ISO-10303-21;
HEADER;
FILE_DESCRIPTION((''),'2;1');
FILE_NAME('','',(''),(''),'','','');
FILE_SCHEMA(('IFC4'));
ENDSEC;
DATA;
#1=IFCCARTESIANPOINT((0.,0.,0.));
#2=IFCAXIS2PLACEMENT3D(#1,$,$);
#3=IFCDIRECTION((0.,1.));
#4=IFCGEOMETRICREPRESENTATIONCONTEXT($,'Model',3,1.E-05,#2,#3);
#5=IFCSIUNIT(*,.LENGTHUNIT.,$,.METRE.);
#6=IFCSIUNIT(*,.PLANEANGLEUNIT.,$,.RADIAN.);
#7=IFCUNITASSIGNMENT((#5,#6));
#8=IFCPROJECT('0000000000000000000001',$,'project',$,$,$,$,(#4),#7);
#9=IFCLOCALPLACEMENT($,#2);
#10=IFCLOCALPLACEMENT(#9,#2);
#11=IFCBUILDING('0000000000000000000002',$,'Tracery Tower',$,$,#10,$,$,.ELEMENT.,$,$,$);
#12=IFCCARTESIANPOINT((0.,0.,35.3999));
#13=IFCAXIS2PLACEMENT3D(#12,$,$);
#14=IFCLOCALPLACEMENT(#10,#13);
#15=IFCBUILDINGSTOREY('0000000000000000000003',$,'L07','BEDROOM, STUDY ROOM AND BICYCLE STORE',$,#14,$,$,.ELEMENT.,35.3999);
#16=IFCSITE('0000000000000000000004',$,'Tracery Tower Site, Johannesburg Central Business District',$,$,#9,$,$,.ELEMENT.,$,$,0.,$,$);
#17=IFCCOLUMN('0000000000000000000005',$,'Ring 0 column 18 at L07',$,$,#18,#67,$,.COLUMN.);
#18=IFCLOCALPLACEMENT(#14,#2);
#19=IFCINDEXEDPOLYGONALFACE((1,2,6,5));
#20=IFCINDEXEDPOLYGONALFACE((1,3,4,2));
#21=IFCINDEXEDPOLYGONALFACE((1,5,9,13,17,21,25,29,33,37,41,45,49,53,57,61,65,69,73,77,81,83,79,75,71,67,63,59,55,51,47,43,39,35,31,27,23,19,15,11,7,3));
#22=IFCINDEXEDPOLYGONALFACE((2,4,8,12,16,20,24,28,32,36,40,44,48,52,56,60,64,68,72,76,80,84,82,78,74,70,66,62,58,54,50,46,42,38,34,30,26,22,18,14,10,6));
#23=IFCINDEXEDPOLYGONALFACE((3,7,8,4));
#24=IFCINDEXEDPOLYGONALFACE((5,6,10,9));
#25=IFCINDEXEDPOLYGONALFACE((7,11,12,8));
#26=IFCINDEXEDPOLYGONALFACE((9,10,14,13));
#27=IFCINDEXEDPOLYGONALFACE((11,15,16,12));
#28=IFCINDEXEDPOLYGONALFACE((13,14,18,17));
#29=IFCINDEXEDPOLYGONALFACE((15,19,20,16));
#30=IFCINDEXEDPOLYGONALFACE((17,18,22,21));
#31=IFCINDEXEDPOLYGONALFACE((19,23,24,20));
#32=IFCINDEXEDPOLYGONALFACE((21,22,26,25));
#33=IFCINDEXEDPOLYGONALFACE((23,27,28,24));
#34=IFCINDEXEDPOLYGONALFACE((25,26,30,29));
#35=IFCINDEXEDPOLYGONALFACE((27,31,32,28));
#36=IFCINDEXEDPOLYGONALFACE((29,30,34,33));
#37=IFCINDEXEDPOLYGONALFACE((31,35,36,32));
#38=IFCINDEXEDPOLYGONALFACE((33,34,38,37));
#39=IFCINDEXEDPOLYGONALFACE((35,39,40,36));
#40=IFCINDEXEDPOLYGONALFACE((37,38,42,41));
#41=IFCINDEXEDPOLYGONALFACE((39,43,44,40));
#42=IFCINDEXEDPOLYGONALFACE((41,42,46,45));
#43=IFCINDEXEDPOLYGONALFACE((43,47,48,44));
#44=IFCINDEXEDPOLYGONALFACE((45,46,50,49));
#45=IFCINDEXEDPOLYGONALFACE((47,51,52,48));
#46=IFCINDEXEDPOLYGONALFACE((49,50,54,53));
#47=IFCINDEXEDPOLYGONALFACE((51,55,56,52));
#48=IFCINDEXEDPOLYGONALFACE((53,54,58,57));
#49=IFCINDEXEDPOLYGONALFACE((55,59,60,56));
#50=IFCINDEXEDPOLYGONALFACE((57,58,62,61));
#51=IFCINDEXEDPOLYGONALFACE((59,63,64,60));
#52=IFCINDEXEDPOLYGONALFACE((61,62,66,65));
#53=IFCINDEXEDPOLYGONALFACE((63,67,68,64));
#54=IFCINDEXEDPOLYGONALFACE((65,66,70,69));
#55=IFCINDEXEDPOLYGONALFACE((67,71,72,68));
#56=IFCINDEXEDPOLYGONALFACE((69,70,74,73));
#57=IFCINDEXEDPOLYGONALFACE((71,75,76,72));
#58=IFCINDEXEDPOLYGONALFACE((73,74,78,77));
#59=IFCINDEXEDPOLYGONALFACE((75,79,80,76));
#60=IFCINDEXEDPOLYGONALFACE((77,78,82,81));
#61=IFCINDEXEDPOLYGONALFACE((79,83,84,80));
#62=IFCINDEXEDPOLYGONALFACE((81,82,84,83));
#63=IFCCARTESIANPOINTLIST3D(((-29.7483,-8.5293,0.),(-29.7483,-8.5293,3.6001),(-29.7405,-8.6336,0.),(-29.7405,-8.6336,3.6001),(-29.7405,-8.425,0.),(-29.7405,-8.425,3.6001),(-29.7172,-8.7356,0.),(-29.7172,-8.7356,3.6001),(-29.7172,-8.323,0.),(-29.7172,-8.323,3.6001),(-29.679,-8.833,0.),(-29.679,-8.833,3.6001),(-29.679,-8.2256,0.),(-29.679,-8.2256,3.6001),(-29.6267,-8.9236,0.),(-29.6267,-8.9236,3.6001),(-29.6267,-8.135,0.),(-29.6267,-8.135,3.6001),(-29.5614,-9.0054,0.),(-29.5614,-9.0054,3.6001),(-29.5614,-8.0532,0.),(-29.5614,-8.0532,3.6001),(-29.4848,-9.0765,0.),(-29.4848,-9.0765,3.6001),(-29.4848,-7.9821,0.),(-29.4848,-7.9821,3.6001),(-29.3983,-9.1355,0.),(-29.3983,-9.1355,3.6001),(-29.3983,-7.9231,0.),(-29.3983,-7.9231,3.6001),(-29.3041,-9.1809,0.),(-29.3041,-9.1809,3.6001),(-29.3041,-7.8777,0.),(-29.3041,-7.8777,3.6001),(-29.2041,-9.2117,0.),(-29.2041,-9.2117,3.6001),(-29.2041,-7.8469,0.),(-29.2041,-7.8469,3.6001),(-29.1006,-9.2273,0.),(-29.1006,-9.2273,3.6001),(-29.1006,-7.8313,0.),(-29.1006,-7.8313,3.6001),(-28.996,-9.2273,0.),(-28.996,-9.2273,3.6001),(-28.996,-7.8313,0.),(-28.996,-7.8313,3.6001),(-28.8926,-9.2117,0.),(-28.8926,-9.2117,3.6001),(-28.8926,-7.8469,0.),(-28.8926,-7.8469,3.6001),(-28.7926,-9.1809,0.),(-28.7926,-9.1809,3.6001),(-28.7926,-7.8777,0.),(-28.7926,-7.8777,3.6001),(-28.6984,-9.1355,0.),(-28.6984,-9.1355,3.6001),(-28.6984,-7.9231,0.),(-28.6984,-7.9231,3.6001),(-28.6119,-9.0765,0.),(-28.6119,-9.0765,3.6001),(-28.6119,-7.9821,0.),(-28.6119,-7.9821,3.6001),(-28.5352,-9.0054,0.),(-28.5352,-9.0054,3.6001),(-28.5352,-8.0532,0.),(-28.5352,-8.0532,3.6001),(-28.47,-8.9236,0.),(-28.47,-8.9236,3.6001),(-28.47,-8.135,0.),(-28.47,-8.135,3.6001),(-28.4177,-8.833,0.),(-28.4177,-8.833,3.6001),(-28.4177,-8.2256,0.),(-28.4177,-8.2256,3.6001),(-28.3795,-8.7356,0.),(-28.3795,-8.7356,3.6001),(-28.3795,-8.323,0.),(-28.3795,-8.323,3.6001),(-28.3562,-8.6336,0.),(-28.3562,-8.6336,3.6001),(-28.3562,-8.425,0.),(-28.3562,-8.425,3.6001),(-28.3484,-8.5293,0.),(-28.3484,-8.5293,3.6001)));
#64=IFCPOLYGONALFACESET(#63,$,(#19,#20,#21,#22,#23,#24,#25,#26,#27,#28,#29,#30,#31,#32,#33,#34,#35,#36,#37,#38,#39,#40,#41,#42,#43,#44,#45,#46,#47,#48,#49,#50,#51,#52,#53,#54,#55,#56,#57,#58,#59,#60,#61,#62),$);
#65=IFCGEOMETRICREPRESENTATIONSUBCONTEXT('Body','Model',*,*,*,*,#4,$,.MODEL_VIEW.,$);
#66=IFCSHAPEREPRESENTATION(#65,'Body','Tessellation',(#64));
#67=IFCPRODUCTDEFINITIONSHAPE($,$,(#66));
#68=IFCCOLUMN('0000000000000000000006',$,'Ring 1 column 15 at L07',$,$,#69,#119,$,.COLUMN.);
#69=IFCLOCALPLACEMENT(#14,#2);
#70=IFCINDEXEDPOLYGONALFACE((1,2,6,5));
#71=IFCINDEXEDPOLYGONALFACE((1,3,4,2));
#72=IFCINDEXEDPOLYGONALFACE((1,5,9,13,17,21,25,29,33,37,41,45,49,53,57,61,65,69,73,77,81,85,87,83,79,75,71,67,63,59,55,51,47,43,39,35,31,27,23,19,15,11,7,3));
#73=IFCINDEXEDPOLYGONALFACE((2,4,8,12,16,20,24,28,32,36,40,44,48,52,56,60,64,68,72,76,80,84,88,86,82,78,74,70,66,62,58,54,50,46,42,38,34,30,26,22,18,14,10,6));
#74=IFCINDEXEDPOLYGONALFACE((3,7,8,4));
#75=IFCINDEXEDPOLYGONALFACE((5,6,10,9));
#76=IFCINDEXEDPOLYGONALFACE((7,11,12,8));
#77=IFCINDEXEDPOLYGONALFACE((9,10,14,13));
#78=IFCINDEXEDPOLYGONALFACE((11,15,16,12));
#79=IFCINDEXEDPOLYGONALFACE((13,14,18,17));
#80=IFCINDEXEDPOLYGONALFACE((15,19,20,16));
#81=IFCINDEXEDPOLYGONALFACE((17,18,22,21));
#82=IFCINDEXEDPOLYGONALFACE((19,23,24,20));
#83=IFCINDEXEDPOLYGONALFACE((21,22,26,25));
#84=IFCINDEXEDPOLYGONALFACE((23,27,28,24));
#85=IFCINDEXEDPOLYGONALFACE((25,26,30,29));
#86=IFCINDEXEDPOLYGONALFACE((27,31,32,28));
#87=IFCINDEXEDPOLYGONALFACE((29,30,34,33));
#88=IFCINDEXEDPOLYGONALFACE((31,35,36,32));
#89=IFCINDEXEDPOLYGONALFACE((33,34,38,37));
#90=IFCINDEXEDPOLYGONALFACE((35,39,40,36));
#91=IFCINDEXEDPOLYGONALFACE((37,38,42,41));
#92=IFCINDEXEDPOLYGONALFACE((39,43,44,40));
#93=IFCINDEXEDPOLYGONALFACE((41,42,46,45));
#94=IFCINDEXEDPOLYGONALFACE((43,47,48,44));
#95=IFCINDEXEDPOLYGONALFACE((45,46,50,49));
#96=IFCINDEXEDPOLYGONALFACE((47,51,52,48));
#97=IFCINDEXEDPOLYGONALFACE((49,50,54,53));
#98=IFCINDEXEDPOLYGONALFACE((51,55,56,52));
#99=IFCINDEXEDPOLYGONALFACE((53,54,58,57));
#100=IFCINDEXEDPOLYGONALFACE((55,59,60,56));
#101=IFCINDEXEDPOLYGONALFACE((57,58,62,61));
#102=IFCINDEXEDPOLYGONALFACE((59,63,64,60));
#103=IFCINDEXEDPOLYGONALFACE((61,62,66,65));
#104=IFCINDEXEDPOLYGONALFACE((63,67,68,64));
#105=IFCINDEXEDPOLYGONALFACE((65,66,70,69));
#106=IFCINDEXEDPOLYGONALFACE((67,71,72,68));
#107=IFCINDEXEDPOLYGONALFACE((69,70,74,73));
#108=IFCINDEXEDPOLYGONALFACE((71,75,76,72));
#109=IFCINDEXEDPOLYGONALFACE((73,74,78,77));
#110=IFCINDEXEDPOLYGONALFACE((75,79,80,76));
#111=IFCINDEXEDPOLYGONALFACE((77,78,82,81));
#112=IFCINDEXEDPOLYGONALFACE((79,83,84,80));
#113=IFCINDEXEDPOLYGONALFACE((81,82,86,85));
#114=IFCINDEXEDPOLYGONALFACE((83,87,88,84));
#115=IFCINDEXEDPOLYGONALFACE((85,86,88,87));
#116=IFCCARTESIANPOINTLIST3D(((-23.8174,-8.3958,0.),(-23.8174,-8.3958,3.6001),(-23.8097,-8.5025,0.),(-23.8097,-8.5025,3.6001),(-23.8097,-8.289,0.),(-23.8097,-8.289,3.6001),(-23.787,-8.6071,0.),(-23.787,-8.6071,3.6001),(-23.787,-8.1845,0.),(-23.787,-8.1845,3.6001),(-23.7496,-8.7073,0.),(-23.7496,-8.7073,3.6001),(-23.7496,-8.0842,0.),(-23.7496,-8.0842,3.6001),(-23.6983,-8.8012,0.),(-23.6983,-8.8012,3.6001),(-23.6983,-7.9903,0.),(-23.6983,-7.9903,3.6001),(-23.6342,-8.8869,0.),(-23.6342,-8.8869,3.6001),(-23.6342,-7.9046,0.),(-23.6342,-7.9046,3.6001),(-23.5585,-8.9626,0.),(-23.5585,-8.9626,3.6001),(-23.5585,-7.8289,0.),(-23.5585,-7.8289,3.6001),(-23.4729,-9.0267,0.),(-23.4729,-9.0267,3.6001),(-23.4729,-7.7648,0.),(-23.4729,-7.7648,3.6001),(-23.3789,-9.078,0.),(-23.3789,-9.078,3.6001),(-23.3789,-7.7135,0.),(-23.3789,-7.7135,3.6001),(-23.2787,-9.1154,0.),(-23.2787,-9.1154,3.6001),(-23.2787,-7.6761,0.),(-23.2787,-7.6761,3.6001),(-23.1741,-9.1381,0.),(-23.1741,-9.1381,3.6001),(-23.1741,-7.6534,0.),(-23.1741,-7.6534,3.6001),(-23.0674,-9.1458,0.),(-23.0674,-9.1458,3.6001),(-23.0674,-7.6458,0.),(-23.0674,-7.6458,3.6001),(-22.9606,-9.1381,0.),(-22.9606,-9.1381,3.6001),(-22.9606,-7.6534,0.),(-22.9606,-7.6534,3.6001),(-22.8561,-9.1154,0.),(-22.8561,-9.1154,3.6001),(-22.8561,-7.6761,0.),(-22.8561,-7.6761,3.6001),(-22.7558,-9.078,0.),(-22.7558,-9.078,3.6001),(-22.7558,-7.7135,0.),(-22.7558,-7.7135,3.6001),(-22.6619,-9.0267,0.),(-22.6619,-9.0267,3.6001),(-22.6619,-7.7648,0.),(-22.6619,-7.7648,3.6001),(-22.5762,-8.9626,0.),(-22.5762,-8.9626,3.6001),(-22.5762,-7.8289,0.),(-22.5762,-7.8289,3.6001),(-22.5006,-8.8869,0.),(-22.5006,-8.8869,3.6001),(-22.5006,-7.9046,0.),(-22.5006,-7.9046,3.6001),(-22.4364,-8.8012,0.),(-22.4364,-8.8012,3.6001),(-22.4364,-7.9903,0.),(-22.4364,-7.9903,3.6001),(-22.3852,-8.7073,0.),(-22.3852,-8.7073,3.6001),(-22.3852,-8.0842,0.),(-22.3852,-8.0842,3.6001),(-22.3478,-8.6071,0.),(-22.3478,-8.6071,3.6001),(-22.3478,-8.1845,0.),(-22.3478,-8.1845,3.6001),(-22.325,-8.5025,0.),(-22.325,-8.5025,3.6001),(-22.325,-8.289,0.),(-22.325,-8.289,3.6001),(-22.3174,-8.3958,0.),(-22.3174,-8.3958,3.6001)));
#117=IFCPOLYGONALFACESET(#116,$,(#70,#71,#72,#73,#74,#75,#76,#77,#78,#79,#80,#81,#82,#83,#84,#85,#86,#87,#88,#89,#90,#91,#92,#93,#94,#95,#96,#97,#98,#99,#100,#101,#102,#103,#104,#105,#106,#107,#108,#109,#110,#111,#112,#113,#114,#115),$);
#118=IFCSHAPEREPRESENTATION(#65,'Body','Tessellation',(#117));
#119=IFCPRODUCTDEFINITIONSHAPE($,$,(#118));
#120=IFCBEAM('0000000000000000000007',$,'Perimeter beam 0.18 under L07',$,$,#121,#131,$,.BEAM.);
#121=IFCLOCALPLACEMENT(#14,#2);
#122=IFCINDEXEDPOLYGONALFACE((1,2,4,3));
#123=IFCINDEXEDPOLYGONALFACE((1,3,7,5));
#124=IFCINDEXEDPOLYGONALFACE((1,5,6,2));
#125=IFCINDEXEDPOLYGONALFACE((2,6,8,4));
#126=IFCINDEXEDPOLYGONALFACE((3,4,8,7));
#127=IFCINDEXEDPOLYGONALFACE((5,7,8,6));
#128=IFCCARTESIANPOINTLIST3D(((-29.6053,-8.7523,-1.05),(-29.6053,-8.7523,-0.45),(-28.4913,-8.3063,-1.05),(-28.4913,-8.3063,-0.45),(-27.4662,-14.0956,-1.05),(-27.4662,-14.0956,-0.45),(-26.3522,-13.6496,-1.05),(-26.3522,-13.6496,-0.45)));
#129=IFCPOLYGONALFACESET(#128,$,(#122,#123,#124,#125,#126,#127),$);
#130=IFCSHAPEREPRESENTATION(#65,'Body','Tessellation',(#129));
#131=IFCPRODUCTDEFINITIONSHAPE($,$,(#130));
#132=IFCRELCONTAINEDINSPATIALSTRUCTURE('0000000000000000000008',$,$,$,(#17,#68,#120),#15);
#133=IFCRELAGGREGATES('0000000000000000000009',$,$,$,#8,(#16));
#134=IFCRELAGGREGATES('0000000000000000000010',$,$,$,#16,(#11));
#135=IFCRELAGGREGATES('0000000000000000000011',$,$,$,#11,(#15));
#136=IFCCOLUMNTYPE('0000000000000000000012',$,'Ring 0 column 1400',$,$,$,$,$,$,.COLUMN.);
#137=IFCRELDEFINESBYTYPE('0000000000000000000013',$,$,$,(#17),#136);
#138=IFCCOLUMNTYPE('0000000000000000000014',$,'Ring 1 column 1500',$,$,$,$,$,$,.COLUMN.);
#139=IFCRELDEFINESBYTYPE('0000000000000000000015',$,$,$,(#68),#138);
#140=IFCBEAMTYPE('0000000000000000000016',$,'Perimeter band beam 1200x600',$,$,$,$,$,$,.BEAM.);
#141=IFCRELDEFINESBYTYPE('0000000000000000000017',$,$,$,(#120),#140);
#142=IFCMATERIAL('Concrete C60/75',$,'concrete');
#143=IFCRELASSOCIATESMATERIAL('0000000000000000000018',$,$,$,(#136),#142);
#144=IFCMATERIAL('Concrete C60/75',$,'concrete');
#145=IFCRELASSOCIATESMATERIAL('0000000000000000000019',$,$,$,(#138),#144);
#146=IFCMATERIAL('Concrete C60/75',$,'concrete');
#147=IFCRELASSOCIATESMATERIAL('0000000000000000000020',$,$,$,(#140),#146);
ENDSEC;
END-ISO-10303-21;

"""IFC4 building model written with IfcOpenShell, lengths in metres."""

from ifc_helpers import new_model, si_unit, direction, frame, origin, origin_2d, place, context, subcontext, project, spatial, rectangle, circle, extrude, material, material_profile, profile_set, type_object, element, save


model = new_model("IFC4")

# Units and contexts
model_context = context("Model", 3, precision=1e-05, world=origin(), true_north=direction((0.0, 1.0)))
body_context = subcontext(model_context, "Body", "Model", "MODEL_VIEW")
ifc_project = project(units=[si_unit("LENGTHUNIT", "METRE"), si_unit("PLANEANGLEUNIT", "RADIAN")], contexts=[model_context])

# Site, building, storey
site_placement = place(None, origin())
site = spatial("IfcSite", under=ifc_project, at=site_placement, Name="Tracery Tower Site, Johannesburg Central Business District", CompositionType="ELEMENT", RefElevation=0.0)
building_placement = place(site_placement, origin())
building = spatial("IfcBuilding", under=site, at=building_placement, Name="Tracery Tower", CompositionType="ELEMENT")
storey_placement = place(building_placement, frame((0.0, 0.0, 35.3999)))
storey = spatial("IfcBuildingStorey", under=building, at=storey_placement, Name="L07", Description="BEDROOM, STUDY ROOM AND BICYCLE STORE", CompositionType="ELEMENT", Elevation=35.3999)

# Columns
ifc_material_1 = material(Name="Concrete C60/75", Category="concrete")
ifc_material_profile_1 = material_profile(ifc_material_1, circle(Radius=0.7, at=origin_2d()), Name="RC D1400")
ifc_profile_set_1 = profile_set([ifc_material_profile_1], Name="Concrete C60/75")
column_type_1 = type_object("IfcColumnType", Name="Ring 0 column 1400", PredefinedType="COLUMN", material=ifc_profile_set_1)
column_1_placement = place(storey_placement, frame((-29.0483, -8.5293, 0.0), z_axis=(0.0, 0.0, 1.0), x_axis=(1.0, 0.0, 0.0)))
element("IfcColumn", 1, at=column_1_placement, inside=storey, type_object=column_type_1, Name="Ring 0 column 18 at L07", PredefinedType="COLUMN", context=body_context, shape_type="SweptSolid", body=[
    extrude(circle(Radius=0.7, at=origin_2d()), origin(), (0.0, 0.0, 1.0), 3.6001),
])
ifc_material_2 = material(Name="Concrete C60/75", Category="concrete")
ifc_material_profile_2 = material_profile(ifc_material_2, circle(Radius=0.75, at=origin_2d()), Name="RC D1500")
ifc_profile_set_2 = profile_set([ifc_material_profile_2], Name="Concrete C60/75")
column_type_2 = type_object("IfcColumnType", Name="Ring 1 column 1500", PredefinedType="COLUMN", material=ifc_profile_set_2)
column_2_placement = place(storey_placement, frame((-23.0674, -8.3958, 0.0), z_axis=(0.0, 0.0, 1.0), x_axis=(1.0, 0.0, 0.0)))
element("IfcColumn", 2, at=column_2_placement, inside=storey, type_object=column_type_2, Name="Ring 1 column 15 at L07", PredefinedType="COLUMN", context=body_context, shape_type="SweptSolid", body=[
    extrude(circle(Radius=0.75, at=origin_2d()), origin(), (0.0, 0.0, 1.0), 3.6001),
])

# Beam
ifc_material_3 = material(Name="Concrete C60/75", Category="concrete")
ifc_material_profile_3 = material_profile(ifc_material_3, rectangle(XDim=1.2, YDim=0.6001, at=origin_2d()), Name="RC 1200x600")
ifc_profile_set_3 = profile_set([ifc_material_profile_3], Name="Concrete C60/75")
beam_type = type_object("IfcBeamType", Name="Perimeter band beam 1200x600", PredefinedType="BEAM", material=ifc_profile_set_3)
beam_placement = place(storey_placement, frame((-29.0483, -8.5293, -0.75), z_axis=(0.371669, -0.928365, 0.0), x_axis=(0.928365, 0.371669, 0.0)))
element("IfcBeam", 3, at=beam_placement, inside=storey, type_object=beam_type, Name="Perimeter beam 0.18 under L07", PredefinedType="BEAM", context=body_context, shape_type="SweptSolid", body=[
    extrude(rectangle(XDim=1.2, YDim=0.6001, at=origin_2d()), origin(), (0.0, 0.0, 1.0), 5.7556),
])

save(model, "model.ifc")
